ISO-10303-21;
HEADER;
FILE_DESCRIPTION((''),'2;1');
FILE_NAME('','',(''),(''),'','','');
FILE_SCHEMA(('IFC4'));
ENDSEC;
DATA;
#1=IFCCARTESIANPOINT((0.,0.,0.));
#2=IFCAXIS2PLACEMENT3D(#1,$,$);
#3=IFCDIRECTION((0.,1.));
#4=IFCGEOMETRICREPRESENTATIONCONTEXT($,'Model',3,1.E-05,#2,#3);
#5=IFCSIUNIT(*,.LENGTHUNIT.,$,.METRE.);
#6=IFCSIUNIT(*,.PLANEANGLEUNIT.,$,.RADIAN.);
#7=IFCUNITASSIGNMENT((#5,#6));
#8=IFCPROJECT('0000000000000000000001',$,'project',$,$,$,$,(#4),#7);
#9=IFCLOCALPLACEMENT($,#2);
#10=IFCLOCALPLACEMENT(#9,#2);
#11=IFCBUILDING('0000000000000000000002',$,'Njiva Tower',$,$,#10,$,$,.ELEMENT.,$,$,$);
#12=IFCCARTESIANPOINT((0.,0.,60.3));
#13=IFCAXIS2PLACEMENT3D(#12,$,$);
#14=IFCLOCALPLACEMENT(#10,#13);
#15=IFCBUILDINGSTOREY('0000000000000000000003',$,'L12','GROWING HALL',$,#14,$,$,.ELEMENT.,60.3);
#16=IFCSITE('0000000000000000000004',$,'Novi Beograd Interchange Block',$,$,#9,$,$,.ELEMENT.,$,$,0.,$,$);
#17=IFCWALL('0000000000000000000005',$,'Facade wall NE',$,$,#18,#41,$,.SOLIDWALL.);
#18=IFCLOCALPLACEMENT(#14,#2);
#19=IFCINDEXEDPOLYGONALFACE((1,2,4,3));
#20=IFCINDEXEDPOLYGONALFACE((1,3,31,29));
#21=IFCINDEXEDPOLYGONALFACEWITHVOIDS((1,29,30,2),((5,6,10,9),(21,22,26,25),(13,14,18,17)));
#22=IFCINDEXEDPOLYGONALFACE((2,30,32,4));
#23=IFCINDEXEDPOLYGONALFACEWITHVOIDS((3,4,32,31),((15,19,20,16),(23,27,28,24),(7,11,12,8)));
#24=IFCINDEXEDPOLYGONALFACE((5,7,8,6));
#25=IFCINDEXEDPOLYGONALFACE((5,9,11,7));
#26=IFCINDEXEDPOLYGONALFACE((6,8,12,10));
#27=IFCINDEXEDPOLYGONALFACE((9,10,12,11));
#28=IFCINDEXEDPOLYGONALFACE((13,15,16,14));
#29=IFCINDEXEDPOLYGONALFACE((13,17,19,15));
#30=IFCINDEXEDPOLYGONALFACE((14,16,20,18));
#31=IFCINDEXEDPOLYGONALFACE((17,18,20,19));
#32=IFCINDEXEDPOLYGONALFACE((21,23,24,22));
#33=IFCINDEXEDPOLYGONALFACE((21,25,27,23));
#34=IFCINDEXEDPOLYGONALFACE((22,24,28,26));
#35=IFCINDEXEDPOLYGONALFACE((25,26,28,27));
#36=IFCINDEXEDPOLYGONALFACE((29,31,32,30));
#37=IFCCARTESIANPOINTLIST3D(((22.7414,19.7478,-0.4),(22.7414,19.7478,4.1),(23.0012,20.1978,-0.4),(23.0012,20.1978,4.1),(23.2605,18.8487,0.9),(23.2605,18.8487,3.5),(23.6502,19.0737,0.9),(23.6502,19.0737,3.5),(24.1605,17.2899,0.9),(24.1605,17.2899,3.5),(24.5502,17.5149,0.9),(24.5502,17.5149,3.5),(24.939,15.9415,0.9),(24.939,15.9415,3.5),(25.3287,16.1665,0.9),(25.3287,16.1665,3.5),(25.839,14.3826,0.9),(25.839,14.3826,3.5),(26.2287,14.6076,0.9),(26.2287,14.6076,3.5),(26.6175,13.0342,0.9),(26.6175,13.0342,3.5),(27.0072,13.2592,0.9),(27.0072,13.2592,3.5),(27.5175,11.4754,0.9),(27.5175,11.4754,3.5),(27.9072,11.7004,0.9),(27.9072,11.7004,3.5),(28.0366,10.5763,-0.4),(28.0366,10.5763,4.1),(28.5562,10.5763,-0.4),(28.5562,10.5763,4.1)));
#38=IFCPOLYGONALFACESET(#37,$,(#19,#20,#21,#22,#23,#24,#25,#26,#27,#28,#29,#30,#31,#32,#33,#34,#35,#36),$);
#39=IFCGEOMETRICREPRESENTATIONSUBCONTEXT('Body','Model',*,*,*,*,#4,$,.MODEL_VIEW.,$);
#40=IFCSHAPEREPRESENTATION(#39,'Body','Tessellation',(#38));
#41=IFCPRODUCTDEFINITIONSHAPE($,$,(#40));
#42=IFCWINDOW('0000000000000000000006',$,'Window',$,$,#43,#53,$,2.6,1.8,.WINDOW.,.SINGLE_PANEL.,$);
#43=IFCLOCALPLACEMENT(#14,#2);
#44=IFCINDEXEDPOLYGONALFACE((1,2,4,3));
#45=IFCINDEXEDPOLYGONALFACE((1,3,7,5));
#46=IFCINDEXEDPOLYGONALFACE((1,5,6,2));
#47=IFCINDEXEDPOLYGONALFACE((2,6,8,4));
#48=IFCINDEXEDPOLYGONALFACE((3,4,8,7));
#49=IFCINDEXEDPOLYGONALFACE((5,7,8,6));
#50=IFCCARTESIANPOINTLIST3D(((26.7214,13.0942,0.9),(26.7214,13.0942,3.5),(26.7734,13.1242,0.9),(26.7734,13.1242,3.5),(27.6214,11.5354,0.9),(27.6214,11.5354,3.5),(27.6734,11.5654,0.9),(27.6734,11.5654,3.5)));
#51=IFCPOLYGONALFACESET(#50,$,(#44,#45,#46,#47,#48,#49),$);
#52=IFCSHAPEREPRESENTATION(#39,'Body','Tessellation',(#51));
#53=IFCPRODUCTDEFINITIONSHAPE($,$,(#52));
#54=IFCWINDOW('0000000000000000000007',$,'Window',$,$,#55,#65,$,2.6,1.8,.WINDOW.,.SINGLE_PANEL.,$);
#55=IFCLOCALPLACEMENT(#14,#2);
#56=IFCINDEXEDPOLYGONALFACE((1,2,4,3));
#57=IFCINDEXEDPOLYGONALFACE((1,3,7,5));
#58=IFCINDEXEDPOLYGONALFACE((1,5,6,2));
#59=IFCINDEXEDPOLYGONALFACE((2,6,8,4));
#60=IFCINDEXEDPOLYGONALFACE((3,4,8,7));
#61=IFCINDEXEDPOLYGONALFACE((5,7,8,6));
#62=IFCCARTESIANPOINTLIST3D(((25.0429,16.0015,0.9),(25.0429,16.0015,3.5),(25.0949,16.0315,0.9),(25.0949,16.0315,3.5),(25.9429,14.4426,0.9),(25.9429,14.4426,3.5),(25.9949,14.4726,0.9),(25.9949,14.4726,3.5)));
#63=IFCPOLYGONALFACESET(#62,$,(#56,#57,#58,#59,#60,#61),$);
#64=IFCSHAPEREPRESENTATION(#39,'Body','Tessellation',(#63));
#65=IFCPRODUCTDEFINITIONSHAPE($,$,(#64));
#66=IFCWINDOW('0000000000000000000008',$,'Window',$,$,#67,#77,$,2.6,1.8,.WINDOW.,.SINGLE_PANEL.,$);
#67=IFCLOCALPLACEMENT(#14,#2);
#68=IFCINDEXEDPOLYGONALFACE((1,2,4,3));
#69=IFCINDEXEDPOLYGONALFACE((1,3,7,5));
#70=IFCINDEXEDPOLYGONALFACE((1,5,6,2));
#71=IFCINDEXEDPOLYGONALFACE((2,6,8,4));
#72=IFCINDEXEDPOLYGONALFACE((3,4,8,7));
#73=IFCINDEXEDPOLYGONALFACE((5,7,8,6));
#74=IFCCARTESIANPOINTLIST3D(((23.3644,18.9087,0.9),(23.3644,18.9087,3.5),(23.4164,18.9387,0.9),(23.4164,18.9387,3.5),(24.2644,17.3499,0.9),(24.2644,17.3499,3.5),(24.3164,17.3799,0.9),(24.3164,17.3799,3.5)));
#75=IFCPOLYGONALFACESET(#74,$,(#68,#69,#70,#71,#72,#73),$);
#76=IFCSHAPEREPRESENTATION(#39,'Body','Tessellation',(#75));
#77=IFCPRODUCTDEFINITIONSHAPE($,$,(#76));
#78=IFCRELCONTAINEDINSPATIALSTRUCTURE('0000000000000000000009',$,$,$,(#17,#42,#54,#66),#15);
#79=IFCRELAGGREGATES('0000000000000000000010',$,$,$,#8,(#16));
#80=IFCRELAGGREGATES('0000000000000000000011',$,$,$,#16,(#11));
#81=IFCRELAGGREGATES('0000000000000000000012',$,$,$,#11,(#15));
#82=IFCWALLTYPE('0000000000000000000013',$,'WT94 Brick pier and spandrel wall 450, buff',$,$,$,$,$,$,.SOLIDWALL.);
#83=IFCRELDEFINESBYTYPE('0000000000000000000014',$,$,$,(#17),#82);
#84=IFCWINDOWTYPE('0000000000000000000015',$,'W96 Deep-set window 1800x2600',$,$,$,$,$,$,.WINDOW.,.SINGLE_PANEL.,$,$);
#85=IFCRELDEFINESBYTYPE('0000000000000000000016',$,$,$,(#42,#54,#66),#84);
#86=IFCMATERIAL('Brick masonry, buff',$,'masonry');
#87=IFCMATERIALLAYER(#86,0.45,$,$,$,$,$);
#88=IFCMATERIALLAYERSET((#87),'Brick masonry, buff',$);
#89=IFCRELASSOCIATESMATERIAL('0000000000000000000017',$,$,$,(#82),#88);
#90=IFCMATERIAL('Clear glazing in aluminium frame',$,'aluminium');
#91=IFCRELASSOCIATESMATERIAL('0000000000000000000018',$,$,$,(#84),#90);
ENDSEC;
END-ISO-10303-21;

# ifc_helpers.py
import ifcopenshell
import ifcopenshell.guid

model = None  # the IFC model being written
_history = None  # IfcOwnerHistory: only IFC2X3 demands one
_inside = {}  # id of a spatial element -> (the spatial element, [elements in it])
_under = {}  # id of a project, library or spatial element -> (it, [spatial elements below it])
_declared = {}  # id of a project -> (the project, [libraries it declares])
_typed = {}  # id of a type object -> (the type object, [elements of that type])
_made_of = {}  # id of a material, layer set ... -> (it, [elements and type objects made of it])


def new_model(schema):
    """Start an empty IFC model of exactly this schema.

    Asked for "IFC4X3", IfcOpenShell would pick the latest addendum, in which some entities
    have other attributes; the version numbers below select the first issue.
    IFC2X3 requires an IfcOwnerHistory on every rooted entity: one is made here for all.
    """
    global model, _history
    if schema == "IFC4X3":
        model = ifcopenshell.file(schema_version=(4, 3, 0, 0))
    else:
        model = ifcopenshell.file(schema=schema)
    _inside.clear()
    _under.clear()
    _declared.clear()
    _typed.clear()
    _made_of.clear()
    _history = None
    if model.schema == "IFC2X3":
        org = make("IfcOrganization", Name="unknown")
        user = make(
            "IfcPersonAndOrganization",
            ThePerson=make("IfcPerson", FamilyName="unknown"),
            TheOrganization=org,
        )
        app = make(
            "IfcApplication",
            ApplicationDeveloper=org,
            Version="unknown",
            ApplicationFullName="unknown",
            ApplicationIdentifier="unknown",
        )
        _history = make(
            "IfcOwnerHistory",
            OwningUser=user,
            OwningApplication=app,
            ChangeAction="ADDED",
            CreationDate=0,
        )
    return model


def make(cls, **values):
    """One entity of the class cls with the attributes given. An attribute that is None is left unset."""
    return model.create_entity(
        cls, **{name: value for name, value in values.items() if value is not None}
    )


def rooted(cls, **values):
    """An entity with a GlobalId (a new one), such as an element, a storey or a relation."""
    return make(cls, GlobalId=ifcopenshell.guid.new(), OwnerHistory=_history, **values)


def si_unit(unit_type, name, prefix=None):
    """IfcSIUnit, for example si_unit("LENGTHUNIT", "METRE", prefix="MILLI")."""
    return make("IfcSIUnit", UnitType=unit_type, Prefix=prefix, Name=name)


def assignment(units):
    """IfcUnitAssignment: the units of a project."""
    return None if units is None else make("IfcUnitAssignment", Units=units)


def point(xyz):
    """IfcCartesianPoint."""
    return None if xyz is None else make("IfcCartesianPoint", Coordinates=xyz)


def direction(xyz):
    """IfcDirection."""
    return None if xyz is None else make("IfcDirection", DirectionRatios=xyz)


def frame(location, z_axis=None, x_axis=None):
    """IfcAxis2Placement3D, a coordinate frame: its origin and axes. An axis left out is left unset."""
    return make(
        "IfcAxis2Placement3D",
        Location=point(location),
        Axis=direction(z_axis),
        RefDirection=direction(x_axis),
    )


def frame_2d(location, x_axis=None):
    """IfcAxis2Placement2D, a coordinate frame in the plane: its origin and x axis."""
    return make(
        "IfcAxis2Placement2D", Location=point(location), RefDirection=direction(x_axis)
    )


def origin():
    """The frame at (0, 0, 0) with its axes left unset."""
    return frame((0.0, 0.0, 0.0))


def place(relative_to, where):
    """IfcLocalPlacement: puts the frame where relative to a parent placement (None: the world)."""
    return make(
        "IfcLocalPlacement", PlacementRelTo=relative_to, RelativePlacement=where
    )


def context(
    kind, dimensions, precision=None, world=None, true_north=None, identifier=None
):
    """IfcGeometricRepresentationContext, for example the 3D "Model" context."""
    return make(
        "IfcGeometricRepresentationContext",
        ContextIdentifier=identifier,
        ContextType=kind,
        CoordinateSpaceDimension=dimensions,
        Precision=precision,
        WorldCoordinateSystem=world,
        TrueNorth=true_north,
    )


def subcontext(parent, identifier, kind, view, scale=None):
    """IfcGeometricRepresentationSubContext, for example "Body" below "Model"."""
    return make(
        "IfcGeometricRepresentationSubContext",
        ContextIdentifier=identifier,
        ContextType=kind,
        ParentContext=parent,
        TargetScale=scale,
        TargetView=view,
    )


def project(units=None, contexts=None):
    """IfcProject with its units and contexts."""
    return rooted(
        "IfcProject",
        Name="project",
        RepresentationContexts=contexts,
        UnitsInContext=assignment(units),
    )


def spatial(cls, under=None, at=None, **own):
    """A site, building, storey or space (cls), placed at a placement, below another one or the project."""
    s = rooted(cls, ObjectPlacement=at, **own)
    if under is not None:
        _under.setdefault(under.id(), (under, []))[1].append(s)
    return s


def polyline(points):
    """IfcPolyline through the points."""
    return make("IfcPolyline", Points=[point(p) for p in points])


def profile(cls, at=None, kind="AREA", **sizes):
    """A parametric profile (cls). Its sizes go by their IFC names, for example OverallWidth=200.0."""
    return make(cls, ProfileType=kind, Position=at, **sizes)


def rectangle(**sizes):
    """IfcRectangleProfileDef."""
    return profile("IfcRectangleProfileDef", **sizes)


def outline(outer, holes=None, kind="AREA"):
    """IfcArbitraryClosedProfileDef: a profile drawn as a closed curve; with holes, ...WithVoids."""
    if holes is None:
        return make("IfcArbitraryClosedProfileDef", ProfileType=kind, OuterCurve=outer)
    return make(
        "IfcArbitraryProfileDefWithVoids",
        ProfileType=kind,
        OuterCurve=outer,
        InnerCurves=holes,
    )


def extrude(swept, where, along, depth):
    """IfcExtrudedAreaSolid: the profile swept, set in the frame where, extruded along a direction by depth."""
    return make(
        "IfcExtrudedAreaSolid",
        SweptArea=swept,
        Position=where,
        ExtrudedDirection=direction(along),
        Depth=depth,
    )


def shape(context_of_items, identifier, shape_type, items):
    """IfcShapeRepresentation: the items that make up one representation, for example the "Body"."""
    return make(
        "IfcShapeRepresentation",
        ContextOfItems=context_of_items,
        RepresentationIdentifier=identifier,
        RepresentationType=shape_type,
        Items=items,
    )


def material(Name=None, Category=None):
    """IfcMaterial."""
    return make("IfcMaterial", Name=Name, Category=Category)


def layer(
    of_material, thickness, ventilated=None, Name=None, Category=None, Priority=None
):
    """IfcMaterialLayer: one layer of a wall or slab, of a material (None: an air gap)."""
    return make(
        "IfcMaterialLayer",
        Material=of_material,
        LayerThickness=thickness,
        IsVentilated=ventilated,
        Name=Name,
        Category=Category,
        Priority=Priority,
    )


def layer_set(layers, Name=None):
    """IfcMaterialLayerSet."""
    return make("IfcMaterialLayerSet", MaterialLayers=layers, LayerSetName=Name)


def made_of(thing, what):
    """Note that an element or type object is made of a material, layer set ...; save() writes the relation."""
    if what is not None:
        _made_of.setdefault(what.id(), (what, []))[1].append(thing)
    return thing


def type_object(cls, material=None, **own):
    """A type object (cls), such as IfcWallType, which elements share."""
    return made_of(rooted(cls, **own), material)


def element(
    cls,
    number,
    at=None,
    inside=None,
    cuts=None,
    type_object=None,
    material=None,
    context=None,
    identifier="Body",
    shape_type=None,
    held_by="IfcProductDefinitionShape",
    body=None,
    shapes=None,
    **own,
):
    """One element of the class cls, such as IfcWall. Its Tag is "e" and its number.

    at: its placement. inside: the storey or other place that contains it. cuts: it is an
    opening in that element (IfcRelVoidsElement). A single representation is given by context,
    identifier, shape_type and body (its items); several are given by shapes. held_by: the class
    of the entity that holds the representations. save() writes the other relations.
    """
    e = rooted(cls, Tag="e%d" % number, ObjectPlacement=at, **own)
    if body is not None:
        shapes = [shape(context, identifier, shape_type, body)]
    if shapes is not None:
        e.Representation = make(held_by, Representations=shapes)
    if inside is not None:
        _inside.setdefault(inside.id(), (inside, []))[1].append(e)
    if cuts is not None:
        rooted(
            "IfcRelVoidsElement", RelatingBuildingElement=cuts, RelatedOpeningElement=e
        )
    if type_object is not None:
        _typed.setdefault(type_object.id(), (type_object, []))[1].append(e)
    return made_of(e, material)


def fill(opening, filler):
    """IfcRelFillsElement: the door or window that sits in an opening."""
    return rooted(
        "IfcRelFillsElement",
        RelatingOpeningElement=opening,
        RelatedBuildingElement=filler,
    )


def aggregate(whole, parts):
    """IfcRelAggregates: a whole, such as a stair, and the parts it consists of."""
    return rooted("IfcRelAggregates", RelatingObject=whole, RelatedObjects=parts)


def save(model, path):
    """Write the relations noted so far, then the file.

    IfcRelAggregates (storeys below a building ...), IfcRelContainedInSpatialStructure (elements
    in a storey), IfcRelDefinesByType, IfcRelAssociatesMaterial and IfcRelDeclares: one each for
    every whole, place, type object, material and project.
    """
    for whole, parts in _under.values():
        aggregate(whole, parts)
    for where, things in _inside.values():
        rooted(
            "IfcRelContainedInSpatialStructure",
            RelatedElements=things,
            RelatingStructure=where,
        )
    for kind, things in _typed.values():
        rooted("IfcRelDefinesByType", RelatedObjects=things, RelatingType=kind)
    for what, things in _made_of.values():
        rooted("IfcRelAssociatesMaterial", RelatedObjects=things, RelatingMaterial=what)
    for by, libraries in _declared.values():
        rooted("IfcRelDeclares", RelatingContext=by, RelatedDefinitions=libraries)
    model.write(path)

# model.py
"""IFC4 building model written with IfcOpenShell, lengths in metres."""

from ifc_helpers import new_model, si_unit, direction, frame, frame_2d, origin, place, context, subcontext, project, spatial, polyline, rectangle, outline, extrude, material, layer, layer_set, type_object, element, fill, save


model = new_model("IFC4")

# Units and contexts
model_context = context("Model", 3, precision=1e-05, world=origin(), true_north=direction((0.0, 1.0)))
body_context = subcontext(model_context, "Body", "Model", "MODEL_VIEW")
ifc_project = project(units=[si_unit("LENGTHUNIT", "METRE"), si_unit("PLANEANGLEUNIT", "RADIAN")], contexts=[model_context])

# Site, building, storey
site_placement = place(None, origin())
site = spatial("IfcSite", under=ifc_project, at=site_placement, Name="Novi Beograd Interchange Block", CompositionType="ELEMENT", RefElevation=0.0)
building_placement = place(site_placement, origin())
building = spatial("IfcBuilding", under=site, at=building_placement, Name="Njiva Tower", CompositionType="ELEMENT")
storey_placement = place(building_placement, frame((0.0, 0.0, 60.3)))
storey = spatial("IfcBuildingStorey", under=building, at=storey_placement, Name="L12", Description="GROWING HALL", CompositionType="ELEMENT", Elevation=60.3)

# Wall, openings, windows
ifc_material_1 = material(Name="Brick masonry, buff", Category="masonry")
ifc_layer_1 = layer(ifc_material_1, 0.45)
ifc_layer_set_1 = layer_set([ifc_layer_1], Name="Brick masonry, buff")
wall_type_1 = type_object("IfcWallType", Name="WT94 Brick pier and spandrel wall 450, buff", PredefinedType="SOLIDWALL", material=ifc_layer_set_1)
wall_1_placement = place(storey_placement, frame((28.2964, 10.5763, -0.4), z_axis=(0.0, 0.0, 1.0), x_axis=(-0.500002, 0.866024, 0.0)))
wall_1 = element("IfcWall", 1, at=wall_1_placement, inside=storey, type_object=wall_type_1, Name="Facade wall NE", PredefinedType="SOLIDWALL", context=body_context, shape_type="SweptSolid", body=[
    extrude(outline(polyline([(-0.1299, -0.225), (10.9801, -0.225), (10.7203, 0.225), (0.1299, 0.225), (-0.1299, -0.225)])), origin(), (0.0, 0.0, 1.0), 4.5),
])
opening_1_placement = place(wall_1_placement, frame((1.1681, 0.0, 1.3)))
opening_1 = element("IfcOpeningElement", 2, at=opening_1_placement, cuts=wall_1, PredefinedType="OPENING", context=body_context, shape_type="SweptSolid", body=[
    extrude(rectangle(XDim=1.8, YDim=2.6, at=frame_2d((0.9, 1.3))), frame((0.0, 0.235, 0.0), z_axis=(0.0, -1.0, 0.0), x_axis=(1.0, 0.0, 0.0)), (0.0, 0.0, 1.0), 0.47),
])
opening_2_placement = place(wall_1_placement, frame((4.5251, 0.0, 1.3)))
opening_2 = element("IfcOpeningElement", 3, at=opening_2_placement, cuts=wall_1, PredefinedType="OPENING", context=body_context, shape_type="SweptSolid", body=[
    extrude(rectangle(XDim=1.8, YDim=2.6, at=frame_2d((0.9, 1.3))), frame((0.0, 0.235, 0.0), z_axis=(0.0, -1.0, 0.0), x_axis=(1.0, 0.0, 0.0)), (0.0, 0.0, 1.0), 0.47),
])
opening_3_placement = place(wall_1_placement, frame((7.8821, 0.0, 1.3)))
opening_3 = element("IfcOpeningElement", 4, at=opening_3_placement, cuts=wall_1, PredefinedType="OPENING", context=body_context, shape_type="SweptSolid", body=[
    extrude(rectangle(XDim=1.8, YDim=2.6, at=frame_2d((0.9, 1.3))), frame((0.0, 0.235, 0.0), z_axis=(0.0, -1.0, 0.0), x_axis=(1.0, 0.0, 0.0)), (0.0, 0.0, 1.0), 0.47),
])
ifc_material_2 = material(Name="Clear glazing in aluminium frame", Category="aluminium")
window_type = type_object("IfcWindowType", Name="W96 Deep-set window 1800x2600", PartitioningType="SINGLE_PANEL", PredefinedType="WINDOW", material=ifc_material_2)
window_1_placement = place(opening_1_placement, origin())
window_1 = element("IfcWindow", 5, at=window_1_placement, inside=storey, type_object=window_type, Name="Window", OverallHeight=2.6, OverallWidth=1.8, PartitioningType="SINGLE_PANEL", PredefinedType="WINDOW", context=body_context, shape_type="SweptSolid", body=[
    extrude(rectangle(XDim=1.8, YDim=2.6, at=frame_2d((0.9, 1.3))), frame((0.0, 0.105, 0.0), z_axis=(0.0, -1.0, 0.0), x_axis=(1.0, 0.0, 0.0)), (0.0, 0.0, 1.0), 0.06),
])
fill(opening_1, window_1)
window_2_placement = place(opening_2_placement, origin())
window_2 = element("IfcWindow", 6, at=window_2_placement, inside=storey, type_object=window_type, Name="Window", OverallHeight=2.6, OverallWidth=1.8, PartitioningType="SINGLE_PANEL", PredefinedType="WINDOW", context=body_context, shape_type="SweptSolid", body=[
    extrude(rectangle(XDim=1.8, YDim=2.6, at=frame_2d((0.9, 1.3))), frame((0.0, 0.105, 0.0), z_axis=(0.0, -1.0, 0.0), x_axis=(1.0, 0.0, 0.0)), (0.0, 0.0, 1.0), 0.06),
])
fill(opening_2, window_2)
window_3_placement = place(opening_3_placement, origin())
window_3 = element("IfcWindow", 7, at=window_3_placement, inside=storey, type_object=window_type, Name="Window", OverallHeight=2.6, OverallWidth=1.8, PartitioningType="SINGLE_PANEL", PredefinedType="WINDOW", context=body_context, shape_type="SweptSolid", body=[
    extrude(rectangle(XDim=1.8, YDim=2.6, at=frame_2d((0.9, 1.3))), frame((0.0, 0.105, 0.0), z_axis=(0.0, -1.0, 0.0), x_axis=(1.0, 0.0, 0.0)), (0.0, 0.0, 1.0), 0.06),
])
fill(opening_3, window_3)

save(model, "model.ifc")
